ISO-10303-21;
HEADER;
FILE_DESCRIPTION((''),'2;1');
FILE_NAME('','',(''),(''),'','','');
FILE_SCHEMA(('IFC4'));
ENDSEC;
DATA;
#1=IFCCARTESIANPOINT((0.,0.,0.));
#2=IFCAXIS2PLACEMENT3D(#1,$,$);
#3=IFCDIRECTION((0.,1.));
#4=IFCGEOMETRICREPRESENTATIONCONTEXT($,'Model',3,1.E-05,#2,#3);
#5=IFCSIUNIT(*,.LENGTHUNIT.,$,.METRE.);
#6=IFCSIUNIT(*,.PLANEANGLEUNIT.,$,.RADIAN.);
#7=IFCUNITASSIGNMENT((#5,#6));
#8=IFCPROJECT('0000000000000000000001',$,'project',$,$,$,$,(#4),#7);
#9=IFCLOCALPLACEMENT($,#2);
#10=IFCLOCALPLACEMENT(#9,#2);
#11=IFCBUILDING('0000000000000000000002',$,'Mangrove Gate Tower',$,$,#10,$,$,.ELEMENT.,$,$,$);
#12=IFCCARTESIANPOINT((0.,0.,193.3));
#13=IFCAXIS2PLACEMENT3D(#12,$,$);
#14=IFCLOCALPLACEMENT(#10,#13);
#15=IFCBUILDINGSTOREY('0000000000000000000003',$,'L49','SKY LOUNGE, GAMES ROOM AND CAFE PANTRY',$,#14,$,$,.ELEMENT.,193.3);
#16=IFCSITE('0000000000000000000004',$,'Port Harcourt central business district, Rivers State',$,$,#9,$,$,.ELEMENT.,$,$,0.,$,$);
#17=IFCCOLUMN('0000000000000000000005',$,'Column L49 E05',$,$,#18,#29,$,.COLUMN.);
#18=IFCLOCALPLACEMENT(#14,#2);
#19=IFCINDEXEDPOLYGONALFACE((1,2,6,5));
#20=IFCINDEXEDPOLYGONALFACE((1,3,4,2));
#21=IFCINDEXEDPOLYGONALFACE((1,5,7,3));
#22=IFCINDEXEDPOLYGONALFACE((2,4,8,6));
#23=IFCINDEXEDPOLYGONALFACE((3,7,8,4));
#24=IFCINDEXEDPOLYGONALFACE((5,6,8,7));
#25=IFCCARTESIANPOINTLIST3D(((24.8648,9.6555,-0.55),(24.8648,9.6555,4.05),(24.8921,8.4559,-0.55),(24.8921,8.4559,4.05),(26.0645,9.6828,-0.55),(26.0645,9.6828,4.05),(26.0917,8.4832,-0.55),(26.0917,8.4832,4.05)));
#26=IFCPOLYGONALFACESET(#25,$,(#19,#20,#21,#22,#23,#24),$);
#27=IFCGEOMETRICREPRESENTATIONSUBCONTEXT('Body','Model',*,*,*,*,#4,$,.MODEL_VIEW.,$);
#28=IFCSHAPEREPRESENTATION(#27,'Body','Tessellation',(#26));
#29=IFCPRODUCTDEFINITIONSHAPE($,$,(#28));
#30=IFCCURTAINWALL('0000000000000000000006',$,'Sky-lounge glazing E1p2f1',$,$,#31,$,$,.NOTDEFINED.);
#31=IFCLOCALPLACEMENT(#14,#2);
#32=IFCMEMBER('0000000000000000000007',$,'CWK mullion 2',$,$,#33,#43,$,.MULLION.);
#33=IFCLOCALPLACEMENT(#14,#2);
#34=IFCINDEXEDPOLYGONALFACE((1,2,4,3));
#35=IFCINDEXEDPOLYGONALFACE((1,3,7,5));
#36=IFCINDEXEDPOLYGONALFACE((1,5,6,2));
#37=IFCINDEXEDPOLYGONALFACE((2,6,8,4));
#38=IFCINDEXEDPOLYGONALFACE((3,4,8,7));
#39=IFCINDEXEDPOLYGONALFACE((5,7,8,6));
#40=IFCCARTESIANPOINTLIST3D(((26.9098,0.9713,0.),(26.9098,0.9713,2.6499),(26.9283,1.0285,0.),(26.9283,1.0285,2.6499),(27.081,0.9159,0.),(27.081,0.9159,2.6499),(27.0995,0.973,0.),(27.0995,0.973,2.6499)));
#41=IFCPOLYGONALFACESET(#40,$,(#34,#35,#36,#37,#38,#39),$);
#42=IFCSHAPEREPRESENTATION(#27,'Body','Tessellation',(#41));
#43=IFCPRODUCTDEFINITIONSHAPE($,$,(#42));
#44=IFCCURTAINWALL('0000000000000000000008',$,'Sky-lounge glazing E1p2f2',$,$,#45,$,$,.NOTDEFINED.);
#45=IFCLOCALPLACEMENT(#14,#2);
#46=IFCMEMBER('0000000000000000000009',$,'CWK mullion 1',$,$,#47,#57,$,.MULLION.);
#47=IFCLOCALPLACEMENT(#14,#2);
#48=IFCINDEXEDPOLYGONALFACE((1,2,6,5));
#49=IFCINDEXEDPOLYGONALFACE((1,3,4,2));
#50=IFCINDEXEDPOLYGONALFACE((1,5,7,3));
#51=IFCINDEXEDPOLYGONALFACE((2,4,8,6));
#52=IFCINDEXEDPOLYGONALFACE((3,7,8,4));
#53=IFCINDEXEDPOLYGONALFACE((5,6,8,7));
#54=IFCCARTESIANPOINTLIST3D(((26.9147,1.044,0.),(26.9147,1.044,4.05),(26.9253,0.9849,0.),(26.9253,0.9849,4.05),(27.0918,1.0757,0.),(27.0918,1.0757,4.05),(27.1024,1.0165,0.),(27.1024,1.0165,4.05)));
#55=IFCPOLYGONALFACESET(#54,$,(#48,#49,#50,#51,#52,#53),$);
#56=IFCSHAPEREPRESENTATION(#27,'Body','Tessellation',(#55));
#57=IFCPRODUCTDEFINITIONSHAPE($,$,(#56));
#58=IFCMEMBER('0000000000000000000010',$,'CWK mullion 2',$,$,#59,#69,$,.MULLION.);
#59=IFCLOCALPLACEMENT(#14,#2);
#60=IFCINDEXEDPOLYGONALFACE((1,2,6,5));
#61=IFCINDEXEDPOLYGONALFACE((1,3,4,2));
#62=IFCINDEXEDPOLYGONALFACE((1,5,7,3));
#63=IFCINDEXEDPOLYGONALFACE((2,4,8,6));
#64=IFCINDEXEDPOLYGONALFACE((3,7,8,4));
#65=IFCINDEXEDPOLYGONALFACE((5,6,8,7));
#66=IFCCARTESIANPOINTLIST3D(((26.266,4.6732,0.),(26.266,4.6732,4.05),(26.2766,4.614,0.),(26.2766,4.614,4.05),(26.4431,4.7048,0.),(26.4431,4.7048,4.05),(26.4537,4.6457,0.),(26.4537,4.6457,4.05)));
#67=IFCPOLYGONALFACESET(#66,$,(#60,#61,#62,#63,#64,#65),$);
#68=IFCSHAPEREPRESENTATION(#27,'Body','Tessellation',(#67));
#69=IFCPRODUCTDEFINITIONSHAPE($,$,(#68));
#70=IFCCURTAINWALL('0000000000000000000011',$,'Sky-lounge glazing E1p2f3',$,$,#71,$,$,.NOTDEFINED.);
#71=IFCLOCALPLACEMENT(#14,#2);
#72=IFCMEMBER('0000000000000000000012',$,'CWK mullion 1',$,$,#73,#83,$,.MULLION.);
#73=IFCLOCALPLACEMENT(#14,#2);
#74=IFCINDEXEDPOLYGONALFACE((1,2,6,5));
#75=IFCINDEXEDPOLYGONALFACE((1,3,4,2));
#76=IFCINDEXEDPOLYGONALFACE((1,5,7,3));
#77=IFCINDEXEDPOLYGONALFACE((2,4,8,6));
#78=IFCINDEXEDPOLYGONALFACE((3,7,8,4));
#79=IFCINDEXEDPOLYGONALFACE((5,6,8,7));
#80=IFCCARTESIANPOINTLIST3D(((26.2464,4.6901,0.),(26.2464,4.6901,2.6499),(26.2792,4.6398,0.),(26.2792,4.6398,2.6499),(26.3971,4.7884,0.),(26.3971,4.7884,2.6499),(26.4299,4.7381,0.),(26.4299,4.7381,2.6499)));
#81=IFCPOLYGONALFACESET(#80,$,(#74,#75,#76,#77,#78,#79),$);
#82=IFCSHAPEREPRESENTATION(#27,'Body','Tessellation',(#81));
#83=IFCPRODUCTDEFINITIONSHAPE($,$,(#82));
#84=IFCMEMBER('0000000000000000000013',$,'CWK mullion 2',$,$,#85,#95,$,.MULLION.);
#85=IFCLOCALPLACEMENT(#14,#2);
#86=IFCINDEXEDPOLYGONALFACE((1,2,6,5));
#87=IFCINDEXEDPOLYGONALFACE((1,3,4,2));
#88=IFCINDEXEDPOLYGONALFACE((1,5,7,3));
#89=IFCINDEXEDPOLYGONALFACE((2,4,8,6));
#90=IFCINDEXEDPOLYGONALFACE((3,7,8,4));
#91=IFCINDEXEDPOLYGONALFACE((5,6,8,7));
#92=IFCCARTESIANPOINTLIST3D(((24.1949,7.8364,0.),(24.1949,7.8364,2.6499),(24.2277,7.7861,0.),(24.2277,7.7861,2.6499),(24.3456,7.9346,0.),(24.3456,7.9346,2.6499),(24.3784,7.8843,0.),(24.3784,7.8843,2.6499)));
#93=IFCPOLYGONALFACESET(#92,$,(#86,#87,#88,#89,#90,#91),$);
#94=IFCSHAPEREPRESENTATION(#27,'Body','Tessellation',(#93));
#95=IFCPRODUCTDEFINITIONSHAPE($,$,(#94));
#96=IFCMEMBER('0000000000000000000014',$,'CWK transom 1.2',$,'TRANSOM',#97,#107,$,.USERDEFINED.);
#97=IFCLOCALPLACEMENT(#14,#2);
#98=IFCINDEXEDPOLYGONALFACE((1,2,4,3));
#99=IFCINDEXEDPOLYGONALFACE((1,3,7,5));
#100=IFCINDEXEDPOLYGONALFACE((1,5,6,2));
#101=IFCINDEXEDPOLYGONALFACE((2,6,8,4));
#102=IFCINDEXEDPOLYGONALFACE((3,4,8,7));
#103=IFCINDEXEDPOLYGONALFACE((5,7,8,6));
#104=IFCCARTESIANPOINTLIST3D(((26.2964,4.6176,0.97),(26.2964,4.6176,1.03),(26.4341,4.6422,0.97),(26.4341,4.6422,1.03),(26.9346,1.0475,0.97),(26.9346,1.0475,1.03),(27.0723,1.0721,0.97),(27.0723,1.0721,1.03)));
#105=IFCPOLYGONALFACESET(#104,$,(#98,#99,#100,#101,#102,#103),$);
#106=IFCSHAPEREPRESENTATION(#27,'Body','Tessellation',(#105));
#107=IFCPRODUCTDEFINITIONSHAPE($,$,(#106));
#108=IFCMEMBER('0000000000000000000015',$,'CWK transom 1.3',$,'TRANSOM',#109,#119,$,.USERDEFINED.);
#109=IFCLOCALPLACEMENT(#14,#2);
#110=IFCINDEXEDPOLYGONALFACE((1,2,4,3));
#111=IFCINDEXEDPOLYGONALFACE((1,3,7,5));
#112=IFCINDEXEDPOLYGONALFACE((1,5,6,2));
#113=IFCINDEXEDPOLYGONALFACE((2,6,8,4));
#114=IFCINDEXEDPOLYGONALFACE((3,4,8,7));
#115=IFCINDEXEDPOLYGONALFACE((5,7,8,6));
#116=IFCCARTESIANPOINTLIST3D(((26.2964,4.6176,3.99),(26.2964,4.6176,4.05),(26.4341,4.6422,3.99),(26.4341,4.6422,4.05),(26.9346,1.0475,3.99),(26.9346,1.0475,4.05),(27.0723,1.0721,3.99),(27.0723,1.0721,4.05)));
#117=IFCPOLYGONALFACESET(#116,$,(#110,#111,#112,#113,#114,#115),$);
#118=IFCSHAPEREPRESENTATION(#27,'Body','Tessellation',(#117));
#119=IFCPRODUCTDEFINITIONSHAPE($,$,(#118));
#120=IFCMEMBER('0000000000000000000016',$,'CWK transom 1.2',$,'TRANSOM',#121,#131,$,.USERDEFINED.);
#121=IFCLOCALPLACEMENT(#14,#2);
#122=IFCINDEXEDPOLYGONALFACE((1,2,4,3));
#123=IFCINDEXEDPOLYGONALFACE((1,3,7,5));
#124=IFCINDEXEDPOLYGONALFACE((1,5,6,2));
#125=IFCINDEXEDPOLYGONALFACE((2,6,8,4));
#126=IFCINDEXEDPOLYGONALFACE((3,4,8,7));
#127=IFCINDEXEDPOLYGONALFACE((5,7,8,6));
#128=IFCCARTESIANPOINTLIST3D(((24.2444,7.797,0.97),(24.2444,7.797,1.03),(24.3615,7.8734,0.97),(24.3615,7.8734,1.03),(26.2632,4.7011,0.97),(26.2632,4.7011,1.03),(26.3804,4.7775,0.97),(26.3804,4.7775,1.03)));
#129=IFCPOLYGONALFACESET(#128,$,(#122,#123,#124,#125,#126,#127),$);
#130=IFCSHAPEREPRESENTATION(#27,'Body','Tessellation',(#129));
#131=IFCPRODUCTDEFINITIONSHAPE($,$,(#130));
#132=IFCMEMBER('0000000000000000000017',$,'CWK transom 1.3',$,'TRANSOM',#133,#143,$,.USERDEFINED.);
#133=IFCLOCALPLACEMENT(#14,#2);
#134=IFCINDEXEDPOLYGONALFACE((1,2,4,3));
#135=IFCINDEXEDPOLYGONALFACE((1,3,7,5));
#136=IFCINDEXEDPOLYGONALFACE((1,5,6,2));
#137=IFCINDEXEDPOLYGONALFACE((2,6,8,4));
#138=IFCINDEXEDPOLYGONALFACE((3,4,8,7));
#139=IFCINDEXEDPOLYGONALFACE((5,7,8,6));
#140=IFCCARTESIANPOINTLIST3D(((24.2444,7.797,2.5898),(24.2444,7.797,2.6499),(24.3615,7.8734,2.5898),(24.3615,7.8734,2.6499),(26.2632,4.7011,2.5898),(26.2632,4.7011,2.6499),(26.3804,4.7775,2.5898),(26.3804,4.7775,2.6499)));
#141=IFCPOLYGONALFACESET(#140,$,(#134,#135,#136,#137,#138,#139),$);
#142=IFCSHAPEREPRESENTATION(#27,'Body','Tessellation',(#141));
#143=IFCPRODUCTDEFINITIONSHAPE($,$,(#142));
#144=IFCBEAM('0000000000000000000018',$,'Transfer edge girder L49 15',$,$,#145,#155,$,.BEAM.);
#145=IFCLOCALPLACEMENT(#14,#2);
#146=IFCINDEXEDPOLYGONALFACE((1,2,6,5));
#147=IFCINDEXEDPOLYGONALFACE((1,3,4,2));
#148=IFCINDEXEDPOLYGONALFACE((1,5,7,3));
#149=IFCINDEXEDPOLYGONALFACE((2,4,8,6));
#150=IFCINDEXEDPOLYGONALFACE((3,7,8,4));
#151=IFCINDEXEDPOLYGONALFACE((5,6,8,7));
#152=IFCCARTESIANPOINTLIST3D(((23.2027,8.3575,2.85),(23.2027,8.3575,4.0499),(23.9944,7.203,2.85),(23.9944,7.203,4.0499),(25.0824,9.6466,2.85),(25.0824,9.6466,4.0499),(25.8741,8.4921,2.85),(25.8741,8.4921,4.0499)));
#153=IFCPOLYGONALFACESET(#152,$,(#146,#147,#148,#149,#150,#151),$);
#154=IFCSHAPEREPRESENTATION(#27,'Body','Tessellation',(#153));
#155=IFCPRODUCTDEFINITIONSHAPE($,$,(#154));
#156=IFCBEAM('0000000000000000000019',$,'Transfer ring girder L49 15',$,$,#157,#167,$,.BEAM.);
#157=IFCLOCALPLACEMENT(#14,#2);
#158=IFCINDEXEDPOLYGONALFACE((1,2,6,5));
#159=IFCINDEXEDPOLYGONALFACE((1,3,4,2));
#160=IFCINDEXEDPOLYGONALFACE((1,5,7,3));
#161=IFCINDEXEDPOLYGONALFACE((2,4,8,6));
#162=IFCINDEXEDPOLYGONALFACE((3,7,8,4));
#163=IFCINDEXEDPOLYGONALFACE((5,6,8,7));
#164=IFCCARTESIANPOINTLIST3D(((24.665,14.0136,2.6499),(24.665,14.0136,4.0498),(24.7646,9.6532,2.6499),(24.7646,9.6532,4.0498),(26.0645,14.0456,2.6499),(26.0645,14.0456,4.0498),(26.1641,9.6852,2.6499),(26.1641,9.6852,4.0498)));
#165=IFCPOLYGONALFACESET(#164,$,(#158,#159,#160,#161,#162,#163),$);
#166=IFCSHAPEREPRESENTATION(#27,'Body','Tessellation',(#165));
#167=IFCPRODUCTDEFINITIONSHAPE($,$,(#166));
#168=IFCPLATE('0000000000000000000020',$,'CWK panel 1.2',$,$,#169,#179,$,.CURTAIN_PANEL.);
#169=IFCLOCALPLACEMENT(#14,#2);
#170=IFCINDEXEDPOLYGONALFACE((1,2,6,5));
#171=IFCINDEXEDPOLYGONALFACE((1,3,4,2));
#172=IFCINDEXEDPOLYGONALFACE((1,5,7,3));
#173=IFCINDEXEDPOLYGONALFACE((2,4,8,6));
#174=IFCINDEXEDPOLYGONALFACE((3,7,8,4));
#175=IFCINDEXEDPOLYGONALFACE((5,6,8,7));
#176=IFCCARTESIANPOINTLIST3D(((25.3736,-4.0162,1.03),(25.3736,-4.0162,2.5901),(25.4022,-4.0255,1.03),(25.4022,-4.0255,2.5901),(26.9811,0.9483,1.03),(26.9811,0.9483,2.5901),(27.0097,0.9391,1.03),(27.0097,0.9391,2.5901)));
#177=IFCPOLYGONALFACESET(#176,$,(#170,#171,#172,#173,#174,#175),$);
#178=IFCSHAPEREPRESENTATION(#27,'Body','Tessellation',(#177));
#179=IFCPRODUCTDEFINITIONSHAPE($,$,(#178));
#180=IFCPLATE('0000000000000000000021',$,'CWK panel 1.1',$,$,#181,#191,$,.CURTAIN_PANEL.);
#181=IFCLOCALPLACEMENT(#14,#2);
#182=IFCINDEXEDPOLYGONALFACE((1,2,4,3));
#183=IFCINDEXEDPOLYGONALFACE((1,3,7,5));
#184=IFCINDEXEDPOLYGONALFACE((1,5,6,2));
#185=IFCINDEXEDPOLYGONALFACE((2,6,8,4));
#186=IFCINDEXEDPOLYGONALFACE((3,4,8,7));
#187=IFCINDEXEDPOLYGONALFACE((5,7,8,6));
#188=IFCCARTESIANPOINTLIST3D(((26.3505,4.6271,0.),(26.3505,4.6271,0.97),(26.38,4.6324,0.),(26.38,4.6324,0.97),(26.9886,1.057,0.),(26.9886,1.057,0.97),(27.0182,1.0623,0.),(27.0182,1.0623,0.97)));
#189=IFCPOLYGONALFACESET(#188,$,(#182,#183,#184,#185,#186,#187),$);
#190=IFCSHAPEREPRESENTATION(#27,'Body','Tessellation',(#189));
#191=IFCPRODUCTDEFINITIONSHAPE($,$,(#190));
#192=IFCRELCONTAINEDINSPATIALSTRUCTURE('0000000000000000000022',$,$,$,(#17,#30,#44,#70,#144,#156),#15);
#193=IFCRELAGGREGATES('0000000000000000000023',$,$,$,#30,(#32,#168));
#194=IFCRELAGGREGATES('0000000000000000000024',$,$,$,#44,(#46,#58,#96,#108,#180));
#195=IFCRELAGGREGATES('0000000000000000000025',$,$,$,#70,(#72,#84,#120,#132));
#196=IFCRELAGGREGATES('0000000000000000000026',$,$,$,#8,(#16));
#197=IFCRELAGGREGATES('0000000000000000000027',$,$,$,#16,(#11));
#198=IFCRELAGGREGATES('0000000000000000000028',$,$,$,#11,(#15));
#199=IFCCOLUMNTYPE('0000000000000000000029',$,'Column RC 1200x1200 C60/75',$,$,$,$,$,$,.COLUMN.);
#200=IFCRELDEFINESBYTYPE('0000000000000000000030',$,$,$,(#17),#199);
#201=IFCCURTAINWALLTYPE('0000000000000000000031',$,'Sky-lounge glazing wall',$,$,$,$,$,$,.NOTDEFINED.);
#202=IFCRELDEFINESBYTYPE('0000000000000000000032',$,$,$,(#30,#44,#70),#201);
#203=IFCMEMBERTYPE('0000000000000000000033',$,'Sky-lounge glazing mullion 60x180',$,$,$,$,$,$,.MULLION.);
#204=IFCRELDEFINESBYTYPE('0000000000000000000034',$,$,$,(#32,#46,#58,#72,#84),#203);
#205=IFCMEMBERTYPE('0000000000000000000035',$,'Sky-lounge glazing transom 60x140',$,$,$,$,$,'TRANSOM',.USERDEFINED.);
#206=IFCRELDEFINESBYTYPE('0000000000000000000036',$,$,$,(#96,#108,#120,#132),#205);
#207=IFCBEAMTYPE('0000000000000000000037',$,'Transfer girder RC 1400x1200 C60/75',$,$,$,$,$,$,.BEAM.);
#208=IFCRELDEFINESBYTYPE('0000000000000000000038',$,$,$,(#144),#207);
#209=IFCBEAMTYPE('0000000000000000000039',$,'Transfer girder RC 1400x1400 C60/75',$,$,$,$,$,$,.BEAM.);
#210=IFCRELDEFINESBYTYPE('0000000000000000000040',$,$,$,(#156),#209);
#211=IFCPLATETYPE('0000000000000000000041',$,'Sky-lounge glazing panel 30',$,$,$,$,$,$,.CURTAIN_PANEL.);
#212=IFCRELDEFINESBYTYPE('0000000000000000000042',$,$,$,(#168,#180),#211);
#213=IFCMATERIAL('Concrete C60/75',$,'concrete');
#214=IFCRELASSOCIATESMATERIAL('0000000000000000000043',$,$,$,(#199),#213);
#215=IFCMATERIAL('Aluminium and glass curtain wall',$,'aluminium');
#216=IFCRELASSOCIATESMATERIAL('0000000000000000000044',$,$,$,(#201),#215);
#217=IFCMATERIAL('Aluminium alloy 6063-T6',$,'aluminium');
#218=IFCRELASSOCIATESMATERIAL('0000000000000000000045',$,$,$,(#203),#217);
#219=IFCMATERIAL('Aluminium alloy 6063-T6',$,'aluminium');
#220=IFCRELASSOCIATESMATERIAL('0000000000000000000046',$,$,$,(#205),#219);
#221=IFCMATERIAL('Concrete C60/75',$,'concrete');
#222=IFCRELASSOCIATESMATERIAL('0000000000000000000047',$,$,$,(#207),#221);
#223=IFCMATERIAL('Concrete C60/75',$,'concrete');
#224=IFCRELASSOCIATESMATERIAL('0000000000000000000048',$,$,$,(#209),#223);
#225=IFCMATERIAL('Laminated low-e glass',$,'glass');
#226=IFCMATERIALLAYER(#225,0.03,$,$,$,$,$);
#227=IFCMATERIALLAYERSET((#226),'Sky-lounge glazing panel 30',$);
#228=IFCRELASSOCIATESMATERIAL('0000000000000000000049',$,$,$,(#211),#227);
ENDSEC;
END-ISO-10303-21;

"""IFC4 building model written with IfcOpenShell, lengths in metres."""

from ifc_helpers import new_model, si_unit, direction, frame, origin, origin_2d, place, context, subcontext, project, spatial, rectangle, extrude, material, layer, layer_set, material_profile, profile_set, type_object, element, aggregate, save


model = new_model("IFC4")

# Units and contexts
model_context = context("Model", 3, precision=1e-05, world=origin(), true_north=direction((0.0, 1.0)))
body_context = subcontext(model_context, "Body", "Model", "MODEL_VIEW")
ifc_project = project(units=[si_unit("LENGTHUNIT", "METRE"), si_unit("PLANEANGLEUNIT", "RADIAN")], contexts=[model_context])

# Site, building, storey
site_placement = place(None, origin())
site = spatial("IfcSite", under=ifc_project, at=site_placement, Name="Port Harcourt central business district, Rivers State", CompositionType="ELEMENT", RefElevation=0.0)
building_placement = place(site_placement, origin())
building = spatial("IfcBuilding", under=site, at=building_placement, Name="Mangrove Gate Tower", CompositionType="ELEMENT")
storey_placement = place(building_placement, frame((0.0, 0.0, 193.3)))
storey = spatial("IfcBuildingStorey", under=building, at=storey_placement, Name="L49", Description="SKY LOUNGE, GAMES ROOM AND CAFE PANTRY", CompositionType="ELEMENT", Elevation=193.3)

# Column
ifc_material_1 = material(Name="Concrete C60/75", Category="concrete")
ifc_material_profile_1 = material_profile(ifc_material_1, rectangle(XDim=1.2, YDim=1.2, at=origin_2d()))
ifc_profile_set_1 = profile_set([ifc_material_profile_1], Name="Concrete C60/75")
column_type = type_object("IfcColumnType", Name="Column RC 1200x1200 C60/75", PredefinedType="COLUMN", material=ifc_profile_set_1)
column_placement = place(storey_placement, frame((25.4783, 9.0693, -0.55), z_axis=(0.0, 0.0, 1.0), x_axis=(-0.022731, 0.999742, 0.0)))
element("IfcColumn", 1, at=column_placement, inside=storey, type_object=column_type, Name="Column L49 E05", PredefinedType="COLUMN", context=body_context, shape_type="SweptSolid", body=[
    extrude(rectangle(XDim=1.2, YDim=1.2, at=origin_2d()), origin(), (0.0, 0.0, 1.0), 4.6001),
])

# Curtain wall, member
ifc_material_2 = material(Name="Aluminium and glass curtain wall", Category="aluminium")
curtain_wall_type = type_object("IfcCurtainWallType", Name="Sky-lounge glazing wall", PredefinedType="NOTDEFINED", material=ifc_material_2)
curtain_wall_1_placement = place(storey_placement, origin())
curtain_wall_1 = element("IfcCurtainWall", 2, at=curtain_wall_1_placement, inside=storey, type_object=curtain_wall_type, Name="Sky-lounge glazing E1p2f1", PredefinedType="NOTDEFINED")
ifc_material_3 = material(Name="Aluminium alloy 6063-T6", Category="aluminium")
ifc_material_profile_2 = material_profile(ifc_material_3, rectangle(XDim=0.0601, YDim=0.1799, at=origin_2d()))
ifc_profile_set_2 = profile_set([ifc_material_profile_2], Name="Aluminium alloy 6063-T6")
member_type_1 = type_object("IfcMemberType", Name="Sky-lounge glazing mullion 60x180", PredefinedType="MULLION", material=ifc_profile_set_2)
member_1_placement = place(storey_placement, frame((27.0046, 0.9722, 0.0), z_axis=(0.0, 0.0, 1.0), x_axis=(0.308042, 0.951373, 0.0)))
member_1 = element("IfcMember", 3, at=member_1_placement, type_object=member_type_1, Name="CWK mullion 2", PredefinedType="MULLION", context=body_context, shape_type="SweptSolid", body=[
    extrude(rectangle(XDim=0.0601, YDim=0.1799, at=origin_2d()), origin(), (0.0, 0.0, 1.0), 2.6499),
])

# Curtain walls, members
curtain_wall_2_placement = place(storey_placement, origin())
curtain_wall_2 = element("IfcCurtainWall", 4, at=curtain_wall_2_placement, inside=storey, type_object=curtain_wall_type, Name="Sky-lounge glazing E1p2f2", PredefinedType="NOTDEFINED")
member_2_placement = place(storey_placement, frame((27.0085, 1.0303, 0.0), z_axis=(0.0, 0.0, 1.0), x_axis=(-0.175968, 0.984396, 0.0)))
member_2 = element("IfcMember", 5, at=member_2_placement, type_object=member_type_1, Name="CWK mullion 1", PredefinedType="MULLION", context=body_context, shape_type="SweptSolid", body=[
    extrude(rectangle(XDim=0.0601, YDim=0.1799, at=origin_2d()), origin(), (0.0, 0.0, 1.0), 4.05),
])
member_3_placement = place(storey_placement, frame((26.3599, 4.6594, 0.0), z_axis=(0.0, 0.0, 1.0), x_axis=(-0.175968, 0.984396, 0.0)))
member_3 = element("IfcMember", 6, at=member_3_placement, type_object=member_type_1, Name="CWK mullion 2", PredefinedType="MULLION", context=body_context, shape_type="SweptSolid", body=[
    extrude(rectangle(XDim=0.0601, YDim=0.1799, at=origin_2d()), origin(), (0.0, 0.0, 1.0), 4.05),
])
curtain_wall_3_placement = place(storey_placement, origin())
curtain_wall_3 = element("IfcCurtainWall", 7, at=curtain_wall_3_placement, inside=storey, type_object=curtain_wall_type, Name="Sky-lounge glazing E1p2f3", PredefinedType="NOTDEFINED")
member_4_placement = place(storey_placement, frame((26.3381, 4.7141, 0.0), z_axis=(0.0, 0.0, 1.0), x_axis=(-0.546235, 0.837632, 0.0)))
member_4 = element("IfcMember", 8, at=member_4_placement, type_object=member_type_1, Name="CWK mullion 1", PredefinedType="MULLION", context=body_context, shape_type="SweptSolid", body=[
    extrude(rectangle(XDim=0.0601, YDim=0.1799, at=origin_2d()), origin(), (0.0, 0.0, 1.0), 2.6499),
])
member_5_placement = place(storey_placement, frame((24.2866, 7.8604, 0.0), z_axis=(0.0, 0.0, 1.0), x_axis=(-0.546235, 0.837632, 0.0)))
member_5 = element("IfcMember", 9, at=member_5_placement, type_object=member_type_1, Name="CWK mullion 2", PredefinedType="MULLION", context=body_context, shape_type="SweptSolid", body=[
    extrude(rectangle(XDim=0.0601, YDim=0.1799, at=origin_2d()), origin(), (0.0, 0.0, 1.0), 2.6499),
])

# Members
ifc_material_4 = material(Name="Aluminium alloy 6063-T6", Category="aluminium")
ifc_material_profile_3 = material_profile(ifc_material_4, rectangle(XDim=0.0601, YDim=0.1399, at=origin_2d()))
ifc_profile_set_3 = profile_set([ifc_material_profile_3], Name="Aluminium alloy 6063-T6")
member_type_2 = type_object("IfcMemberType", Name="Sky-lounge glazing transom 60x140", ElementType="TRANSOM", PredefinedType="USERDEFINED", material=ifc_profile_set_3)
member_6_placement = place(storey_placement, frame((27.0034, 1.0598, 1.0), z_axis=(-0.17597, 0.984396, 0.0), x_axis=(0.0, 0.0, 1.0)))
member_6 = element("IfcMember", 10, at=member_6_placement, type_object=member_type_2, Name="CWK transom 1.2", ObjectType="TRANSOM", PredefinedType="USERDEFINED", context=body_context, shape_type="SweptSolid", body=[
    extrude(rectangle(XDim=0.0601, YDim=0.1399, at=origin_2d()), origin(), (0.0, 0.0, 1.0), 3.6267),
])
member_7_placement = place(storey_placement, frame((27.0034, 1.0598, 4.02), z_axis=(-0.17597, 0.984396, 0.0), x_axis=(0.0, 0.0, 1.0)))
member_7 = element("IfcMember", 11, at=member_7_placement, type_object=member_type_2, Name="CWK transom 1.3", ObjectType="TRANSOM", PredefinedType="USERDEFINED", context=body_context, shape_type="SweptSolid", body=[
    extrude(rectangle(XDim=0.0601, YDim=0.1399, at=origin_2d()), origin(), (0.0, 0.0, 1.0), 3.6267),
])
member_8_placement = place(storey_placement, frame((26.3218, 4.7393, 1.0), z_axis=(-0.546211, 0.837647, 0.0), x_axis=(0.0, 0.0, 1.0)))
member_8 = element("IfcMember", 12, at=member_8_placement, type_object=member_type_2, Name="CWK transom 1.2", ObjectType="TRANSOM", PredefinedType="USERDEFINED", context=body_context, shape_type="SweptSolid", body=[
    extrude(rectangle(XDim=0.0601, YDim=0.1399, at=origin_2d()), origin(), (0.0, 0.0, 1.0), 3.696),
])
member_9_placement = place(storey_placement, frame((26.3218, 4.7393, 2.6199), z_axis=(-0.546211, 0.837647, 0.0), x_axis=(0.0, 0.0, 1.0)))
member_9 = element("IfcMember", 13, at=member_9_placement, type_object=member_type_2, Name="CWK transom 1.3", ObjectType="TRANSOM", PredefinedType="USERDEFINED", context=body_context, shape_type="SweptSolid", body=[
    extrude(rectangle(XDim=0.0601, YDim=0.1399, at=origin_2d()), origin(), (0.0, 0.0, 1.0), 3.696),
])

# Beams
ifc_material_5 = material(Name="Concrete C60/75", Category="concrete")
ifc_material_profile_4 = material_profile(ifc_material_5, rectangle(XDim=1.3999, YDim=1.2, at=origin_2d()))
ifc_profile_set_4 = profile_set([ifc_material_profile_4], Name="Concrete C60/75")
beam_type_1 = type_object("IfcBeamType", Name="Transfer girder RC 1400x1200 C60/75", PredefinedType="BEAM", material=ifc_profile_set_4)
beam_1_placement = place(storey_placement, frame((25.4783, 9.0693, 3.45), z_axis=(-0.824695, -0.565578, 0.0), x_axis=(0.565578, -0.824695, 0.0)))
element("IfcBeam", 14, at=beam_1_placement, inside=storey, type_object=beam_type_1, Name="Transfer edge girder L49 15", PredefinedType="BEAM", context=body_context, shape_type="SweptSolid", body=[
    extrude(rectangle(XDim=1.3999, YDim=1.2, at=origin_2d()), origin(), (0.0, 0.0, 1.0), 2.2793),
])
ifc_material_6 = material(Name="Concrete C60/75", Category="concrete")
ifc_material_profile_5 = material_profile(ifc_material_6, rectangle(XDim=1.3999, YDim=1.3999, at=origin_2d()))
ifc_profile_set_5 = profile_set([ifc_material_profile_5], Name="Concrete C60/75")
beam_type_2 = type_object("IfcBeamType", Name="Transfer girder RC 1400x1400 C60/75", PredefinedType="BEAM", material=ifc_profile_set_5)
beam_2_placement = place(storey_placement, frame((25.4644, 9.6692, 3.3499), z_axis=(-0.022838, 0.999739, 0.0), x_axis=(-0.999739, -0.022838, 0.0)))
element("IfcBeam", 15, at=beam_2_placement, inside=storey, type_object=beam_type_2, Name="Transfer ring girder L49 15", PredefinedType="BEAM", context=body_context, shape_type="SweptSolid", body=[
    extrude(rectangle(XDim=1.3999, YDim=1.3999, at=origin_2d()), origin(), (0.0, 0.0, 1.0), 4.3616),
])

# Plates
ifc_material_7 = material(Name="Laminated low-e glass", Category="glass")
ifc_layer_1 = layer(ifc_material_7, 0.03)
ifc_layer_set_1 = layer_set([ifc_layer_1], Name="Sky-lounge glazing panel 30")
plate_type = type_object("IfcPlateType", Name="Sky-lounge glazing panel 30", PredefinedType="CURTAIN_PANEL", material=ifc_layer_set_1)
plate_1_placement = place(storey_placement, frame((26.1917, -1.5386, 1.03), z_axis=(0.0, 0.0, 1.0), x_axis=(0.308042, 0.951373, 0.0)))
plate_1 = element("IfcPlate", 16, at=plate_1_placement, type_object=plate_type, Name="CWK panel 1.2", PredefinedType="CURTAIN_PANEL", context=body_context, shape_type="SweptSolid", body=[
    extrude(rectangle(XDim=5.2183, YDim=0.03, at=origin_2d()), origin(), (0.0, 0.0, 1.0), 1.5601),
])
aggregate(curtain_wall_1, [member_1, plate_1])
plate_2_placement = place(storey_placement, frame((26.6843, 2.8447, 0.0), z_axis=(0.0, 0.0, 1.0), x_axis=(-0.175968, 0.984396, 0.0)))
plate_2 = element("IfcPlate", 17, at=plate_2_placement, type_object=plate_type, Name="CWK panel 1.1", PredefinedType="CURTAIN_PANEL", context=body_context, shape_type="SweptSolid", body=[
    extrude(rectangle(XDim=3.6267, YDim=0.03, at=origin_2d()), origin(), (0.0, 0.0, 1.0), 0.97),
])
aggregate(curtain_wall_2, [member_2, member_3, member_6, member_7, plate_2])
aggregate(curtain_wall_3, [member_4, member_5, member_8, member_9])

save(model, "model.ifc")
